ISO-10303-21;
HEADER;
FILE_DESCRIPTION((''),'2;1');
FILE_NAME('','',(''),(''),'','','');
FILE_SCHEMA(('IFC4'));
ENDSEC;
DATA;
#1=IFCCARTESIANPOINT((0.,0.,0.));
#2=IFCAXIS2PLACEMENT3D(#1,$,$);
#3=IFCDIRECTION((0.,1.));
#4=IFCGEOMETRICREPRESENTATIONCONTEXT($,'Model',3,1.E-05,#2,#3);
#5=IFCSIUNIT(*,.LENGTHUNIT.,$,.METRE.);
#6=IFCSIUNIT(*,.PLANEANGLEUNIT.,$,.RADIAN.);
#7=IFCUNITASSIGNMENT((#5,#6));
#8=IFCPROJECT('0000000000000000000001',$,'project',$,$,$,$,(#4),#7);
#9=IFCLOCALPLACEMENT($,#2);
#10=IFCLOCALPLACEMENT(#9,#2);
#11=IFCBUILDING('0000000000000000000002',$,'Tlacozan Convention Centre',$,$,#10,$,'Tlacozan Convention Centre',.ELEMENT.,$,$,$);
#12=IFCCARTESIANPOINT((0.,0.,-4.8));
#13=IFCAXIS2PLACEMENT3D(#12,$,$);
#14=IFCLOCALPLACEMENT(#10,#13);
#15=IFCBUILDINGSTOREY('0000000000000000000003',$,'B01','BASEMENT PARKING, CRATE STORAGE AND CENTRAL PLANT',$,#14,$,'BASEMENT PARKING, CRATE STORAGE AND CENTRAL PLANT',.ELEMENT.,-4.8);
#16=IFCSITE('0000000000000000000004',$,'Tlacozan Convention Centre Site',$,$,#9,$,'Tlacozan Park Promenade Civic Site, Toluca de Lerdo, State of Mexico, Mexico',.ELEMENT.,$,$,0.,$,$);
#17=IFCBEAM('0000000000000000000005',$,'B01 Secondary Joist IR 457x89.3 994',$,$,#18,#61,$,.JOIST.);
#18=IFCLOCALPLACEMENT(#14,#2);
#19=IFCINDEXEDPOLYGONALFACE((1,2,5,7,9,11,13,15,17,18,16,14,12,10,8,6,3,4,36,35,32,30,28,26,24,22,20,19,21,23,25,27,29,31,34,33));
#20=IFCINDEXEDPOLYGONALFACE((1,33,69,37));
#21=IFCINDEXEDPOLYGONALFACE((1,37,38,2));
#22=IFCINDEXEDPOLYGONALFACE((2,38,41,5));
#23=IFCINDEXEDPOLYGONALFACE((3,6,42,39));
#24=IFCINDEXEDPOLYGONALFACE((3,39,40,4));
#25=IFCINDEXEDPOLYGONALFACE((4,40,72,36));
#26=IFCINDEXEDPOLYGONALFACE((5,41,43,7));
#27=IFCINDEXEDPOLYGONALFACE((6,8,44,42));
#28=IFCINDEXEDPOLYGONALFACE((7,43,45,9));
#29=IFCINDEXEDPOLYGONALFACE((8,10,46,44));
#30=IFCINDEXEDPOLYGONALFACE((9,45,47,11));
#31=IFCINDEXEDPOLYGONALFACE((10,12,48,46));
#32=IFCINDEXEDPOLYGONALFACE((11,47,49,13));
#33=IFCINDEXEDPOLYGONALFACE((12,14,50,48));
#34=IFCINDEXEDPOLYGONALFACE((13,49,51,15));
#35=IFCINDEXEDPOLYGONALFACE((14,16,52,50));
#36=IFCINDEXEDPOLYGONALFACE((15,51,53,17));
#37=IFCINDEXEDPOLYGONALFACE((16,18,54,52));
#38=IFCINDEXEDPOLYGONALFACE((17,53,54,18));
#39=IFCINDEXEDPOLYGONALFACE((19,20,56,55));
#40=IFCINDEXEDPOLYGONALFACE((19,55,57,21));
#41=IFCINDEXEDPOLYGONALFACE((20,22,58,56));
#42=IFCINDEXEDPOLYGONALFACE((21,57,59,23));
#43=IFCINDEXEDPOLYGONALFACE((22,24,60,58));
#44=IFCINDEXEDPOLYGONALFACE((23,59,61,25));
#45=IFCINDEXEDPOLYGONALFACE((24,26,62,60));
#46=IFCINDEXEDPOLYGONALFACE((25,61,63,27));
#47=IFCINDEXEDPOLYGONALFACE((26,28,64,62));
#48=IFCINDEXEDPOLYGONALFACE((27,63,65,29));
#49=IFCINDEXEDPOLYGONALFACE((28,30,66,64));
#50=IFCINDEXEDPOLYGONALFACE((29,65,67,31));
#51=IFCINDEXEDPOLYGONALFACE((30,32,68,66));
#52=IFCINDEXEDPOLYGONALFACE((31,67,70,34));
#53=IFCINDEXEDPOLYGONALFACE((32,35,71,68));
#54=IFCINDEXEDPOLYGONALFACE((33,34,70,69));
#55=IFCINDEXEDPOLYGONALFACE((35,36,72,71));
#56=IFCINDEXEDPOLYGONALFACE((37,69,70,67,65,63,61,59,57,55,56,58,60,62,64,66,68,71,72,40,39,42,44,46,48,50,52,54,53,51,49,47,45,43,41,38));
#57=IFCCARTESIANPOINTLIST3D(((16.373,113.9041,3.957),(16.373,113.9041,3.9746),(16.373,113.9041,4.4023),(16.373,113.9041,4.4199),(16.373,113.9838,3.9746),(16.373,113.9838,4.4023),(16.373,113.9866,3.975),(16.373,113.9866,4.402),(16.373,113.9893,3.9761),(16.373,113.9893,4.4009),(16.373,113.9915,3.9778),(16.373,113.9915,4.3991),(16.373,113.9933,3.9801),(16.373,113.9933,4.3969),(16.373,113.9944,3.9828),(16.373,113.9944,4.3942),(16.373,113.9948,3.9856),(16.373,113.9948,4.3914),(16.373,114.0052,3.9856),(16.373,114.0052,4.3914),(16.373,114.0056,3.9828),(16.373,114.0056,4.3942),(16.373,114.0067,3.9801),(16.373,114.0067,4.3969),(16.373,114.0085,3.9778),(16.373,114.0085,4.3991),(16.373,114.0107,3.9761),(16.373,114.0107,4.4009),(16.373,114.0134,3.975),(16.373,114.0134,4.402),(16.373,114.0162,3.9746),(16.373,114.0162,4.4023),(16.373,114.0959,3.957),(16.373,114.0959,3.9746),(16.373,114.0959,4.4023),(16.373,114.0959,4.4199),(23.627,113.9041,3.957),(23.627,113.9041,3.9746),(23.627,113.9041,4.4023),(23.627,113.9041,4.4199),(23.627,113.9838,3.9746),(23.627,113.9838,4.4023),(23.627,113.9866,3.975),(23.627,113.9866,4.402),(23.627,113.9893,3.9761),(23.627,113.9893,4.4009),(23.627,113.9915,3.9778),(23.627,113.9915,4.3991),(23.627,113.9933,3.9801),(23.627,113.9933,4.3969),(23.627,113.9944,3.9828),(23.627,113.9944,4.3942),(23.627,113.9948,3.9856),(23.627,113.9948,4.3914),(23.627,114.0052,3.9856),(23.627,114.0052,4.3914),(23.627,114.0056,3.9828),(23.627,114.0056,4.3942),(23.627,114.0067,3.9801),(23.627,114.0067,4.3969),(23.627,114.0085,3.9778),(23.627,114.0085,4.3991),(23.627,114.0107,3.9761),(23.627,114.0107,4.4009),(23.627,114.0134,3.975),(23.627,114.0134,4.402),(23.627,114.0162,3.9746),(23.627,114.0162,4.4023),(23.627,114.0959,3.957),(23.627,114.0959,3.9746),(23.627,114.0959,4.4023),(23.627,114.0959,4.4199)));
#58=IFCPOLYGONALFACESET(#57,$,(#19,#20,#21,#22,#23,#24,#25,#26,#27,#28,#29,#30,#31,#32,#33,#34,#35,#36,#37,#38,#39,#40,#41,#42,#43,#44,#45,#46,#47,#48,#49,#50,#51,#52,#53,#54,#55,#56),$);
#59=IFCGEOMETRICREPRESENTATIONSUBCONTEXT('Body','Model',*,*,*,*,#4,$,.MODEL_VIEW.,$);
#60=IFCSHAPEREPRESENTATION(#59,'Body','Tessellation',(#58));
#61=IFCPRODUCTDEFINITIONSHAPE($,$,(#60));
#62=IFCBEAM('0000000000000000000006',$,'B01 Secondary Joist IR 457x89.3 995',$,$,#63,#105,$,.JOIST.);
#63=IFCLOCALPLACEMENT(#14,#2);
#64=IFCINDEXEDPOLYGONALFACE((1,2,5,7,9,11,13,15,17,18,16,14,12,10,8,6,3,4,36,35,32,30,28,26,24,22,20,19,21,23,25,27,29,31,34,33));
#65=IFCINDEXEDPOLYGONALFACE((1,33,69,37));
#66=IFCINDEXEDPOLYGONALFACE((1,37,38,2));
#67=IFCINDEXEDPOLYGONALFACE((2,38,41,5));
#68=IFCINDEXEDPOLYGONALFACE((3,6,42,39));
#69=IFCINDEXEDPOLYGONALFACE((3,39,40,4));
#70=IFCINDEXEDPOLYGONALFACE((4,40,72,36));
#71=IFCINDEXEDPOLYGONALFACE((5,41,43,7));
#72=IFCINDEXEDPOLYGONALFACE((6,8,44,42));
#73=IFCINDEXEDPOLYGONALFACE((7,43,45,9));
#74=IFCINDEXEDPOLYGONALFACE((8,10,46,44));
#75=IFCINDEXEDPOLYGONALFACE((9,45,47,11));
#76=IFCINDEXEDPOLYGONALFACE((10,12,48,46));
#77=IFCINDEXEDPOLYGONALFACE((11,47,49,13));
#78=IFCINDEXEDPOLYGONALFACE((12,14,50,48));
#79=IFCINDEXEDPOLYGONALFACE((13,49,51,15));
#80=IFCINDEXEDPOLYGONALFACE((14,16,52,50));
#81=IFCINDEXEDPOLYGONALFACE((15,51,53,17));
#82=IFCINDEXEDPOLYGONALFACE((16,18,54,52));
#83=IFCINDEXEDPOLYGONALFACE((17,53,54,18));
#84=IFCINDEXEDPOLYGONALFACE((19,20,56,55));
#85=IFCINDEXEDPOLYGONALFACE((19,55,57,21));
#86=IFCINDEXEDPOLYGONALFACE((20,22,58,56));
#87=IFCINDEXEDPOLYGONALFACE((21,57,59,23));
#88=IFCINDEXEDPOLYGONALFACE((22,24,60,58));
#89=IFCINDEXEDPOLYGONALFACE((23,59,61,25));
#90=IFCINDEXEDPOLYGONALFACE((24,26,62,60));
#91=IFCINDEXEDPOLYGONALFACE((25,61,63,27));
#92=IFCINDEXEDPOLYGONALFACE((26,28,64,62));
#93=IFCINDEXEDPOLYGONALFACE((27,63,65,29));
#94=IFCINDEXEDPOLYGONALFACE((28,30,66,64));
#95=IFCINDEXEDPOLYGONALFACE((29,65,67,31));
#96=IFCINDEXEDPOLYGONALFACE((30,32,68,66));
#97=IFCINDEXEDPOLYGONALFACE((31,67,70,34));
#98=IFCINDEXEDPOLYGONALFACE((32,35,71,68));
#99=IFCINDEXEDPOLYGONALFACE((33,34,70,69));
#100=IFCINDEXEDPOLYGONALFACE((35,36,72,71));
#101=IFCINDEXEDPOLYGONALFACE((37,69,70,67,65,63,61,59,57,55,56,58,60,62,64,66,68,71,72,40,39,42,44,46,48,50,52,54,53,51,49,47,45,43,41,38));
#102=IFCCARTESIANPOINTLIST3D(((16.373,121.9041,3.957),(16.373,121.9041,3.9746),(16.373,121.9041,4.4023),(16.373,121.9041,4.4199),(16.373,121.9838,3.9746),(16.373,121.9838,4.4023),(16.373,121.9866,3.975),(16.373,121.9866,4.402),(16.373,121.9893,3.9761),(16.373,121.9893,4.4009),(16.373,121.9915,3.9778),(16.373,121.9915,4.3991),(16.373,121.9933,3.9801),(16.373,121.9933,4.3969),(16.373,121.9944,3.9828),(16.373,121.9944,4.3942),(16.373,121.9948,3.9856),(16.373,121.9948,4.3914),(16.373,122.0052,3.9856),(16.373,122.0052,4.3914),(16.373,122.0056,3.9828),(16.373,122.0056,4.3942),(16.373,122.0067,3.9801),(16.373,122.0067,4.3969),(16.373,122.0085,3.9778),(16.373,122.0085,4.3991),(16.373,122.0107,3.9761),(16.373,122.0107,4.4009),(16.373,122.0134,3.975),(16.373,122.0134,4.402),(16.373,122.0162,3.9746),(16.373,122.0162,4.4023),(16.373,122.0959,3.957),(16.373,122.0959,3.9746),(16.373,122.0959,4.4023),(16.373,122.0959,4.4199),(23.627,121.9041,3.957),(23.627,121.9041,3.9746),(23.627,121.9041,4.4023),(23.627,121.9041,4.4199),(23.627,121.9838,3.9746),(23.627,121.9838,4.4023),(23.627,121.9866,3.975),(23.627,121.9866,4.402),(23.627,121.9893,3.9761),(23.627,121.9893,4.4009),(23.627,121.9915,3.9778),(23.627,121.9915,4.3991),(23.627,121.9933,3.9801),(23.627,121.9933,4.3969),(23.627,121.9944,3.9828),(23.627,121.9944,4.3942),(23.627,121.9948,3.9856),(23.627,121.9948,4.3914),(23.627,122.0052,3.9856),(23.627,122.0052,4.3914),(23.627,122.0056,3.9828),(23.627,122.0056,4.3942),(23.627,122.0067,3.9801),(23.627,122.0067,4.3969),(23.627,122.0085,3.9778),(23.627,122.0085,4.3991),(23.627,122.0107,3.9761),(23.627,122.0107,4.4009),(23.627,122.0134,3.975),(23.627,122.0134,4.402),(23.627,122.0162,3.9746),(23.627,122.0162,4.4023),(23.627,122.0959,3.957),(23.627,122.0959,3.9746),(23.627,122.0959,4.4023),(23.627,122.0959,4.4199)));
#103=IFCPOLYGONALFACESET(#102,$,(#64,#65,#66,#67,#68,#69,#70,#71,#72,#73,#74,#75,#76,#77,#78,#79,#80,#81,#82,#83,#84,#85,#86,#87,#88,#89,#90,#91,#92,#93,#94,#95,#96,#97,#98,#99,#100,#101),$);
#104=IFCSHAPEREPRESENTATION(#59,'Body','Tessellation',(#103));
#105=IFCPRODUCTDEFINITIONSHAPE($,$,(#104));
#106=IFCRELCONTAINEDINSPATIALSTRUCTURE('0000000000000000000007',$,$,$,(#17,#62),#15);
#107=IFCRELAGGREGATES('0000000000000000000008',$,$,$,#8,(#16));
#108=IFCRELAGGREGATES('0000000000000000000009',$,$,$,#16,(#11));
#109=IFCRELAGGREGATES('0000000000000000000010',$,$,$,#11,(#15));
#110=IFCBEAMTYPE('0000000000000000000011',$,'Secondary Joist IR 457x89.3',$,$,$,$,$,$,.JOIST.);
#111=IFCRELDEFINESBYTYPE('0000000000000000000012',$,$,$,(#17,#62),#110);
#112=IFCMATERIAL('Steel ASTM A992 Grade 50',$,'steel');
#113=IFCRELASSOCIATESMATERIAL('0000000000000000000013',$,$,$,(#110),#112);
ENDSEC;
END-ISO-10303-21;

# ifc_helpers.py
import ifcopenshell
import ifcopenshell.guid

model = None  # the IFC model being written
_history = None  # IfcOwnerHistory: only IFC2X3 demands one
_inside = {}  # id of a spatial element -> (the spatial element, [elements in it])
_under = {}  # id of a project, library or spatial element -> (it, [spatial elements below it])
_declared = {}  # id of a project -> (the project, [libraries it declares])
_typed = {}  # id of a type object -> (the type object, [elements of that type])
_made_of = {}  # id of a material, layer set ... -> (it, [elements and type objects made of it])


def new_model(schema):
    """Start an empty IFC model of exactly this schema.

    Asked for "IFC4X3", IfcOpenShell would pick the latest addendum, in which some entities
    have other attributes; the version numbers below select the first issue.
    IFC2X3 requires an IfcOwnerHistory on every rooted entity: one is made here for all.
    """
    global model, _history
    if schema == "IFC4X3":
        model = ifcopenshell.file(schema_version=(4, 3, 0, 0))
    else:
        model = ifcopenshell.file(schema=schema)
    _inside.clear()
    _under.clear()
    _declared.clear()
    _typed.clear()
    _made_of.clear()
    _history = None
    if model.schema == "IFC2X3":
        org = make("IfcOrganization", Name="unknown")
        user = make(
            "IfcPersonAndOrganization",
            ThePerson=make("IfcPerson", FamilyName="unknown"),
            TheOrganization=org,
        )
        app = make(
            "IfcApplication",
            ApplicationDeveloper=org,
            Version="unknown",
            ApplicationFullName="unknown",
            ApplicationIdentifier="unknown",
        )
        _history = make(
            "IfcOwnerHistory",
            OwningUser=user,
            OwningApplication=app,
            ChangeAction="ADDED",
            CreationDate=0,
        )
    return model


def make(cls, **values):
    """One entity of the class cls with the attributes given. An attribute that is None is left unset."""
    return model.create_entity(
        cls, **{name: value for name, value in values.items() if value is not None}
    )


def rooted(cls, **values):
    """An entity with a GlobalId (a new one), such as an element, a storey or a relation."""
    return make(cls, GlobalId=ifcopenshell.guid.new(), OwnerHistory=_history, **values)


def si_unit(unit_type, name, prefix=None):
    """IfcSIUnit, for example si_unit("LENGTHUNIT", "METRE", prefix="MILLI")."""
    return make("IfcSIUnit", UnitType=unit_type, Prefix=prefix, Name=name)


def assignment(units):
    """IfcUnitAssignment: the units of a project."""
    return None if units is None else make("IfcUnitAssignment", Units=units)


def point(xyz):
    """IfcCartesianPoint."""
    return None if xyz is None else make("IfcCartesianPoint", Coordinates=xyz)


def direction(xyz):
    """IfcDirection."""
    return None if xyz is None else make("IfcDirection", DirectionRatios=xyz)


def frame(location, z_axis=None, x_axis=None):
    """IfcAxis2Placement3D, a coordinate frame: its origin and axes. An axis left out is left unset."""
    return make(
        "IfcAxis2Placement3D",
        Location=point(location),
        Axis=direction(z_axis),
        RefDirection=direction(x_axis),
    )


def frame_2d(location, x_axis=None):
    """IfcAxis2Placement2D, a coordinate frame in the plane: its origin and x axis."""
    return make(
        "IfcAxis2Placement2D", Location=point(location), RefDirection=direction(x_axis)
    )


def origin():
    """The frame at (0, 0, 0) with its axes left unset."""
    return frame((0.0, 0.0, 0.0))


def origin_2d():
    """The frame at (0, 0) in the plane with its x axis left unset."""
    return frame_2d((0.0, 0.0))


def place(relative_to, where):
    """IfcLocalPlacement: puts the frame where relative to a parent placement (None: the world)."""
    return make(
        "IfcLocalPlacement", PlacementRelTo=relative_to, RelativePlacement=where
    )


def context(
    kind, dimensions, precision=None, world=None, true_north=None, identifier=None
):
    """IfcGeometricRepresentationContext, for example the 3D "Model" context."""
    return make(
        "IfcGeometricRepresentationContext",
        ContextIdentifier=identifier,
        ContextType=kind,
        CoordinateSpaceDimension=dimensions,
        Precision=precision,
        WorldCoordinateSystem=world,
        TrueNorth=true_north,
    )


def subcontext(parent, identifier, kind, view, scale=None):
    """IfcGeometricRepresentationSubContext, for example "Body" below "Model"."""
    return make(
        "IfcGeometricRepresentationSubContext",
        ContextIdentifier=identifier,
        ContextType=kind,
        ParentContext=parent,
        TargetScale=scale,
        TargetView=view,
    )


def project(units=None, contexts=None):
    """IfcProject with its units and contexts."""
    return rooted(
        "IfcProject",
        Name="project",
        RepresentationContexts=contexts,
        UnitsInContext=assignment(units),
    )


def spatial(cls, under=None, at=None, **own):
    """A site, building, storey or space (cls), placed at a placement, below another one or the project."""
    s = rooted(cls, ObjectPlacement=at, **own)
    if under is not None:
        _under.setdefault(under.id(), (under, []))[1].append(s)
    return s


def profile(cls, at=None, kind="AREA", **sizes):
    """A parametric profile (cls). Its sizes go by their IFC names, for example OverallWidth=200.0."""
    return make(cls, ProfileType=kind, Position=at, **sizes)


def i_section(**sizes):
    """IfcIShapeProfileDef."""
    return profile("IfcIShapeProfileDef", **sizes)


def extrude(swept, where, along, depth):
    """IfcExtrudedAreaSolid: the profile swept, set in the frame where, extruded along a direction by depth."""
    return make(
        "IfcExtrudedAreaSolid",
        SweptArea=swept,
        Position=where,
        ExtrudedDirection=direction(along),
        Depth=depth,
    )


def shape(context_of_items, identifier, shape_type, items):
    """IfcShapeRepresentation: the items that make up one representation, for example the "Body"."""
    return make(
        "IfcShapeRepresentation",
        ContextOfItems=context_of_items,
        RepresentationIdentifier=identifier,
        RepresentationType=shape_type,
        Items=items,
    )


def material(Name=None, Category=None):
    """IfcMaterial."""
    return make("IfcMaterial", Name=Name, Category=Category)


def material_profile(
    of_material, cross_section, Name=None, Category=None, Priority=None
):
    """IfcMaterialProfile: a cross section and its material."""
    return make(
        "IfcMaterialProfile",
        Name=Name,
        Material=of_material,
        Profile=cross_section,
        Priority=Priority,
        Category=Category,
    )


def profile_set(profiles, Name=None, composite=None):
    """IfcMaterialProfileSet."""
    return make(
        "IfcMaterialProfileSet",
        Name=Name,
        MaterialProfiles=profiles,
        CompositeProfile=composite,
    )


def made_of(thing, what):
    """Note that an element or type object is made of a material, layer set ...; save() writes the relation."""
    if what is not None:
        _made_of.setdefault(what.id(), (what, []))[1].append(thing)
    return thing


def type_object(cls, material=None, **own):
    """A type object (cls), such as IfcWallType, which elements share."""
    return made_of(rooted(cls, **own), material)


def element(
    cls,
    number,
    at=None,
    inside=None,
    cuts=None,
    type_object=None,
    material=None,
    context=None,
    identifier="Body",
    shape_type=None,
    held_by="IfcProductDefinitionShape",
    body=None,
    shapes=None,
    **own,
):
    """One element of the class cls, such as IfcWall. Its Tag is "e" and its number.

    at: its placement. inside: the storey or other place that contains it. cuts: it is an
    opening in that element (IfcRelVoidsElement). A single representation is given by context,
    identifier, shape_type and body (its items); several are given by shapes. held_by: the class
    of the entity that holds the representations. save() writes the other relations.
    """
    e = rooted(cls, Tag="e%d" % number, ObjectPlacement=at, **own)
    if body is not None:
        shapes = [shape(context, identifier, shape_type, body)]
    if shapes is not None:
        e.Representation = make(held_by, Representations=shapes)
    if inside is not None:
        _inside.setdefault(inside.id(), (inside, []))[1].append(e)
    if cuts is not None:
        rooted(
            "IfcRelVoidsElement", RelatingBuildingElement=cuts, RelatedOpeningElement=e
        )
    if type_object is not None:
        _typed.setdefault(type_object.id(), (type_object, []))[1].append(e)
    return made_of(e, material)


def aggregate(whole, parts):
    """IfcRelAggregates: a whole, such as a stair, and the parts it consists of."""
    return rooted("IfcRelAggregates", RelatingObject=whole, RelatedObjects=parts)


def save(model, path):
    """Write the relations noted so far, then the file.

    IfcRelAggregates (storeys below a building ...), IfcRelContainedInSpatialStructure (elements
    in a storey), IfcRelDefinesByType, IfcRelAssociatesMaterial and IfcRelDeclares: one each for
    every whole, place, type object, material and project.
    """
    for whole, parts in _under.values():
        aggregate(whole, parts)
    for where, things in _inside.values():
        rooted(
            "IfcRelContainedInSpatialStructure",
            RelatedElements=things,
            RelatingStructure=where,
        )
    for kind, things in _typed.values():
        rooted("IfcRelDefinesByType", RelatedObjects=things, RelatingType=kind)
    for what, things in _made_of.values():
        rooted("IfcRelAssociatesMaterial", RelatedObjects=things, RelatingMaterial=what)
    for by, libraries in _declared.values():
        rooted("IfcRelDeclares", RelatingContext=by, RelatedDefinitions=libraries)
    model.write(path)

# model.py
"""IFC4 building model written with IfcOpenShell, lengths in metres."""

from ifc_helpers import new_model, si_unit, direction, frame, origin, origin_2d, place, context, subcontext, project, spatial, i_section, extrude, material, material_profile, profile_set, type_object, element, save


model = new_model("IFC4")

# Units and contexts
model_context = context("Model", 3, precision=1e-05, world=origin(), true_north=direction((0.0, 1.0)))
body_context = subcontext(model_context, "Body", "Model", "MODEL_VIEW")
ifc_project = project(units=[si_unit("LENGTHUNIT", "METRE"), si_unit("PLANEANGLEUNIT", "RADIAN")], contexts=[model_context])

# Site, building, storey
site_placement = place(None, origin())
site = spatial("IfcSite", under=ifc_project, at=site_placement, Name="Tlacozan Convention Centre Site", LongName="Tlacozan Park Promenade Civic Site, Toluca de Lerdo, State of Mexico, Mexico", CompositionType="ELEMENT", RefElevation=0.0)
building_placement = place(site_placement, origin())
building = spatial("IfcBuilding", under=site, at=building_placement, Name="Tlacozan Convention Centre", LongName="Tlacozan Convention Centre", CompositionType="ELEMENT")
storey_placement = place(building_placement, frame((0.0, 0.0, -4.8)))
storey = spatial("IfcBuildingStorey", under=building, at=storey_placement, Name="B01", Description="BASEMENT PARKING, CRATE STORAGE AND CENTRAL PLANT", LongName="BASEMENT PARKING, CRATE STORAGE AND CENTRAL PLANT", CompositionType="ELEMENT", Elevation=-4.8)

# Beams
ifc_material_1 = material(Name="Steel ASTM A992 Grade 50", Category="steel")
ifc_material_profile_1 = material_profile(ifc_material_1, i_section(OverallWidth=0.1919, OverallDepth=0.4629, WebThickness=0.0105, FlangeThickness=0.0176, FilletRadius=0.011, at=origin_2d()), Name="IR 457x89.3")
ifc_profile_set_1 = profile_set([ifc_material_profile_1], Name="Steel ASTM A992 Grade 50")
beam_type_1 = type_object("IfcBeamType", Name="Secondary Joist IR 457x89.3", PredefinedType="JOIST", material=ifc_profile_set_1)
for number, where, z_axis, x_axis, name in (
    (1, (16.373, 114.0, 4.1885), (1.0, 0.0, 0.0), (0.0, 1.0, 0.0), "B01 Secondary Joist IR 457x89.3 994"),
    (2, (16.373, 122.0, 4.1885), (1.0, 0.0, 0.0), (0.0, 1.0, 0.0), "B01 Secondary Joist IR 457x89.3 995"),
):
    element("IfcBeam", number, at=place(storey_placement, frame(where, z_axis=z_axis, x_axis=x_axis)), inside=storey, type_object=beam_type_1, Name=name, PredefinedType="JOIST", context=body_context, shape_type="SweptSolid", body=[
        extrude(i_section(OverallWidth=0.1919, OverallDepth=0.4629, WebThickness=0.0105, FlangeThickness=0.0176, FilletRadius=0.011, at=origin_2d()), origin(), (0.0, 0.0, 1.0), 7.2539),
    ])

save(model, "model.ifc")
